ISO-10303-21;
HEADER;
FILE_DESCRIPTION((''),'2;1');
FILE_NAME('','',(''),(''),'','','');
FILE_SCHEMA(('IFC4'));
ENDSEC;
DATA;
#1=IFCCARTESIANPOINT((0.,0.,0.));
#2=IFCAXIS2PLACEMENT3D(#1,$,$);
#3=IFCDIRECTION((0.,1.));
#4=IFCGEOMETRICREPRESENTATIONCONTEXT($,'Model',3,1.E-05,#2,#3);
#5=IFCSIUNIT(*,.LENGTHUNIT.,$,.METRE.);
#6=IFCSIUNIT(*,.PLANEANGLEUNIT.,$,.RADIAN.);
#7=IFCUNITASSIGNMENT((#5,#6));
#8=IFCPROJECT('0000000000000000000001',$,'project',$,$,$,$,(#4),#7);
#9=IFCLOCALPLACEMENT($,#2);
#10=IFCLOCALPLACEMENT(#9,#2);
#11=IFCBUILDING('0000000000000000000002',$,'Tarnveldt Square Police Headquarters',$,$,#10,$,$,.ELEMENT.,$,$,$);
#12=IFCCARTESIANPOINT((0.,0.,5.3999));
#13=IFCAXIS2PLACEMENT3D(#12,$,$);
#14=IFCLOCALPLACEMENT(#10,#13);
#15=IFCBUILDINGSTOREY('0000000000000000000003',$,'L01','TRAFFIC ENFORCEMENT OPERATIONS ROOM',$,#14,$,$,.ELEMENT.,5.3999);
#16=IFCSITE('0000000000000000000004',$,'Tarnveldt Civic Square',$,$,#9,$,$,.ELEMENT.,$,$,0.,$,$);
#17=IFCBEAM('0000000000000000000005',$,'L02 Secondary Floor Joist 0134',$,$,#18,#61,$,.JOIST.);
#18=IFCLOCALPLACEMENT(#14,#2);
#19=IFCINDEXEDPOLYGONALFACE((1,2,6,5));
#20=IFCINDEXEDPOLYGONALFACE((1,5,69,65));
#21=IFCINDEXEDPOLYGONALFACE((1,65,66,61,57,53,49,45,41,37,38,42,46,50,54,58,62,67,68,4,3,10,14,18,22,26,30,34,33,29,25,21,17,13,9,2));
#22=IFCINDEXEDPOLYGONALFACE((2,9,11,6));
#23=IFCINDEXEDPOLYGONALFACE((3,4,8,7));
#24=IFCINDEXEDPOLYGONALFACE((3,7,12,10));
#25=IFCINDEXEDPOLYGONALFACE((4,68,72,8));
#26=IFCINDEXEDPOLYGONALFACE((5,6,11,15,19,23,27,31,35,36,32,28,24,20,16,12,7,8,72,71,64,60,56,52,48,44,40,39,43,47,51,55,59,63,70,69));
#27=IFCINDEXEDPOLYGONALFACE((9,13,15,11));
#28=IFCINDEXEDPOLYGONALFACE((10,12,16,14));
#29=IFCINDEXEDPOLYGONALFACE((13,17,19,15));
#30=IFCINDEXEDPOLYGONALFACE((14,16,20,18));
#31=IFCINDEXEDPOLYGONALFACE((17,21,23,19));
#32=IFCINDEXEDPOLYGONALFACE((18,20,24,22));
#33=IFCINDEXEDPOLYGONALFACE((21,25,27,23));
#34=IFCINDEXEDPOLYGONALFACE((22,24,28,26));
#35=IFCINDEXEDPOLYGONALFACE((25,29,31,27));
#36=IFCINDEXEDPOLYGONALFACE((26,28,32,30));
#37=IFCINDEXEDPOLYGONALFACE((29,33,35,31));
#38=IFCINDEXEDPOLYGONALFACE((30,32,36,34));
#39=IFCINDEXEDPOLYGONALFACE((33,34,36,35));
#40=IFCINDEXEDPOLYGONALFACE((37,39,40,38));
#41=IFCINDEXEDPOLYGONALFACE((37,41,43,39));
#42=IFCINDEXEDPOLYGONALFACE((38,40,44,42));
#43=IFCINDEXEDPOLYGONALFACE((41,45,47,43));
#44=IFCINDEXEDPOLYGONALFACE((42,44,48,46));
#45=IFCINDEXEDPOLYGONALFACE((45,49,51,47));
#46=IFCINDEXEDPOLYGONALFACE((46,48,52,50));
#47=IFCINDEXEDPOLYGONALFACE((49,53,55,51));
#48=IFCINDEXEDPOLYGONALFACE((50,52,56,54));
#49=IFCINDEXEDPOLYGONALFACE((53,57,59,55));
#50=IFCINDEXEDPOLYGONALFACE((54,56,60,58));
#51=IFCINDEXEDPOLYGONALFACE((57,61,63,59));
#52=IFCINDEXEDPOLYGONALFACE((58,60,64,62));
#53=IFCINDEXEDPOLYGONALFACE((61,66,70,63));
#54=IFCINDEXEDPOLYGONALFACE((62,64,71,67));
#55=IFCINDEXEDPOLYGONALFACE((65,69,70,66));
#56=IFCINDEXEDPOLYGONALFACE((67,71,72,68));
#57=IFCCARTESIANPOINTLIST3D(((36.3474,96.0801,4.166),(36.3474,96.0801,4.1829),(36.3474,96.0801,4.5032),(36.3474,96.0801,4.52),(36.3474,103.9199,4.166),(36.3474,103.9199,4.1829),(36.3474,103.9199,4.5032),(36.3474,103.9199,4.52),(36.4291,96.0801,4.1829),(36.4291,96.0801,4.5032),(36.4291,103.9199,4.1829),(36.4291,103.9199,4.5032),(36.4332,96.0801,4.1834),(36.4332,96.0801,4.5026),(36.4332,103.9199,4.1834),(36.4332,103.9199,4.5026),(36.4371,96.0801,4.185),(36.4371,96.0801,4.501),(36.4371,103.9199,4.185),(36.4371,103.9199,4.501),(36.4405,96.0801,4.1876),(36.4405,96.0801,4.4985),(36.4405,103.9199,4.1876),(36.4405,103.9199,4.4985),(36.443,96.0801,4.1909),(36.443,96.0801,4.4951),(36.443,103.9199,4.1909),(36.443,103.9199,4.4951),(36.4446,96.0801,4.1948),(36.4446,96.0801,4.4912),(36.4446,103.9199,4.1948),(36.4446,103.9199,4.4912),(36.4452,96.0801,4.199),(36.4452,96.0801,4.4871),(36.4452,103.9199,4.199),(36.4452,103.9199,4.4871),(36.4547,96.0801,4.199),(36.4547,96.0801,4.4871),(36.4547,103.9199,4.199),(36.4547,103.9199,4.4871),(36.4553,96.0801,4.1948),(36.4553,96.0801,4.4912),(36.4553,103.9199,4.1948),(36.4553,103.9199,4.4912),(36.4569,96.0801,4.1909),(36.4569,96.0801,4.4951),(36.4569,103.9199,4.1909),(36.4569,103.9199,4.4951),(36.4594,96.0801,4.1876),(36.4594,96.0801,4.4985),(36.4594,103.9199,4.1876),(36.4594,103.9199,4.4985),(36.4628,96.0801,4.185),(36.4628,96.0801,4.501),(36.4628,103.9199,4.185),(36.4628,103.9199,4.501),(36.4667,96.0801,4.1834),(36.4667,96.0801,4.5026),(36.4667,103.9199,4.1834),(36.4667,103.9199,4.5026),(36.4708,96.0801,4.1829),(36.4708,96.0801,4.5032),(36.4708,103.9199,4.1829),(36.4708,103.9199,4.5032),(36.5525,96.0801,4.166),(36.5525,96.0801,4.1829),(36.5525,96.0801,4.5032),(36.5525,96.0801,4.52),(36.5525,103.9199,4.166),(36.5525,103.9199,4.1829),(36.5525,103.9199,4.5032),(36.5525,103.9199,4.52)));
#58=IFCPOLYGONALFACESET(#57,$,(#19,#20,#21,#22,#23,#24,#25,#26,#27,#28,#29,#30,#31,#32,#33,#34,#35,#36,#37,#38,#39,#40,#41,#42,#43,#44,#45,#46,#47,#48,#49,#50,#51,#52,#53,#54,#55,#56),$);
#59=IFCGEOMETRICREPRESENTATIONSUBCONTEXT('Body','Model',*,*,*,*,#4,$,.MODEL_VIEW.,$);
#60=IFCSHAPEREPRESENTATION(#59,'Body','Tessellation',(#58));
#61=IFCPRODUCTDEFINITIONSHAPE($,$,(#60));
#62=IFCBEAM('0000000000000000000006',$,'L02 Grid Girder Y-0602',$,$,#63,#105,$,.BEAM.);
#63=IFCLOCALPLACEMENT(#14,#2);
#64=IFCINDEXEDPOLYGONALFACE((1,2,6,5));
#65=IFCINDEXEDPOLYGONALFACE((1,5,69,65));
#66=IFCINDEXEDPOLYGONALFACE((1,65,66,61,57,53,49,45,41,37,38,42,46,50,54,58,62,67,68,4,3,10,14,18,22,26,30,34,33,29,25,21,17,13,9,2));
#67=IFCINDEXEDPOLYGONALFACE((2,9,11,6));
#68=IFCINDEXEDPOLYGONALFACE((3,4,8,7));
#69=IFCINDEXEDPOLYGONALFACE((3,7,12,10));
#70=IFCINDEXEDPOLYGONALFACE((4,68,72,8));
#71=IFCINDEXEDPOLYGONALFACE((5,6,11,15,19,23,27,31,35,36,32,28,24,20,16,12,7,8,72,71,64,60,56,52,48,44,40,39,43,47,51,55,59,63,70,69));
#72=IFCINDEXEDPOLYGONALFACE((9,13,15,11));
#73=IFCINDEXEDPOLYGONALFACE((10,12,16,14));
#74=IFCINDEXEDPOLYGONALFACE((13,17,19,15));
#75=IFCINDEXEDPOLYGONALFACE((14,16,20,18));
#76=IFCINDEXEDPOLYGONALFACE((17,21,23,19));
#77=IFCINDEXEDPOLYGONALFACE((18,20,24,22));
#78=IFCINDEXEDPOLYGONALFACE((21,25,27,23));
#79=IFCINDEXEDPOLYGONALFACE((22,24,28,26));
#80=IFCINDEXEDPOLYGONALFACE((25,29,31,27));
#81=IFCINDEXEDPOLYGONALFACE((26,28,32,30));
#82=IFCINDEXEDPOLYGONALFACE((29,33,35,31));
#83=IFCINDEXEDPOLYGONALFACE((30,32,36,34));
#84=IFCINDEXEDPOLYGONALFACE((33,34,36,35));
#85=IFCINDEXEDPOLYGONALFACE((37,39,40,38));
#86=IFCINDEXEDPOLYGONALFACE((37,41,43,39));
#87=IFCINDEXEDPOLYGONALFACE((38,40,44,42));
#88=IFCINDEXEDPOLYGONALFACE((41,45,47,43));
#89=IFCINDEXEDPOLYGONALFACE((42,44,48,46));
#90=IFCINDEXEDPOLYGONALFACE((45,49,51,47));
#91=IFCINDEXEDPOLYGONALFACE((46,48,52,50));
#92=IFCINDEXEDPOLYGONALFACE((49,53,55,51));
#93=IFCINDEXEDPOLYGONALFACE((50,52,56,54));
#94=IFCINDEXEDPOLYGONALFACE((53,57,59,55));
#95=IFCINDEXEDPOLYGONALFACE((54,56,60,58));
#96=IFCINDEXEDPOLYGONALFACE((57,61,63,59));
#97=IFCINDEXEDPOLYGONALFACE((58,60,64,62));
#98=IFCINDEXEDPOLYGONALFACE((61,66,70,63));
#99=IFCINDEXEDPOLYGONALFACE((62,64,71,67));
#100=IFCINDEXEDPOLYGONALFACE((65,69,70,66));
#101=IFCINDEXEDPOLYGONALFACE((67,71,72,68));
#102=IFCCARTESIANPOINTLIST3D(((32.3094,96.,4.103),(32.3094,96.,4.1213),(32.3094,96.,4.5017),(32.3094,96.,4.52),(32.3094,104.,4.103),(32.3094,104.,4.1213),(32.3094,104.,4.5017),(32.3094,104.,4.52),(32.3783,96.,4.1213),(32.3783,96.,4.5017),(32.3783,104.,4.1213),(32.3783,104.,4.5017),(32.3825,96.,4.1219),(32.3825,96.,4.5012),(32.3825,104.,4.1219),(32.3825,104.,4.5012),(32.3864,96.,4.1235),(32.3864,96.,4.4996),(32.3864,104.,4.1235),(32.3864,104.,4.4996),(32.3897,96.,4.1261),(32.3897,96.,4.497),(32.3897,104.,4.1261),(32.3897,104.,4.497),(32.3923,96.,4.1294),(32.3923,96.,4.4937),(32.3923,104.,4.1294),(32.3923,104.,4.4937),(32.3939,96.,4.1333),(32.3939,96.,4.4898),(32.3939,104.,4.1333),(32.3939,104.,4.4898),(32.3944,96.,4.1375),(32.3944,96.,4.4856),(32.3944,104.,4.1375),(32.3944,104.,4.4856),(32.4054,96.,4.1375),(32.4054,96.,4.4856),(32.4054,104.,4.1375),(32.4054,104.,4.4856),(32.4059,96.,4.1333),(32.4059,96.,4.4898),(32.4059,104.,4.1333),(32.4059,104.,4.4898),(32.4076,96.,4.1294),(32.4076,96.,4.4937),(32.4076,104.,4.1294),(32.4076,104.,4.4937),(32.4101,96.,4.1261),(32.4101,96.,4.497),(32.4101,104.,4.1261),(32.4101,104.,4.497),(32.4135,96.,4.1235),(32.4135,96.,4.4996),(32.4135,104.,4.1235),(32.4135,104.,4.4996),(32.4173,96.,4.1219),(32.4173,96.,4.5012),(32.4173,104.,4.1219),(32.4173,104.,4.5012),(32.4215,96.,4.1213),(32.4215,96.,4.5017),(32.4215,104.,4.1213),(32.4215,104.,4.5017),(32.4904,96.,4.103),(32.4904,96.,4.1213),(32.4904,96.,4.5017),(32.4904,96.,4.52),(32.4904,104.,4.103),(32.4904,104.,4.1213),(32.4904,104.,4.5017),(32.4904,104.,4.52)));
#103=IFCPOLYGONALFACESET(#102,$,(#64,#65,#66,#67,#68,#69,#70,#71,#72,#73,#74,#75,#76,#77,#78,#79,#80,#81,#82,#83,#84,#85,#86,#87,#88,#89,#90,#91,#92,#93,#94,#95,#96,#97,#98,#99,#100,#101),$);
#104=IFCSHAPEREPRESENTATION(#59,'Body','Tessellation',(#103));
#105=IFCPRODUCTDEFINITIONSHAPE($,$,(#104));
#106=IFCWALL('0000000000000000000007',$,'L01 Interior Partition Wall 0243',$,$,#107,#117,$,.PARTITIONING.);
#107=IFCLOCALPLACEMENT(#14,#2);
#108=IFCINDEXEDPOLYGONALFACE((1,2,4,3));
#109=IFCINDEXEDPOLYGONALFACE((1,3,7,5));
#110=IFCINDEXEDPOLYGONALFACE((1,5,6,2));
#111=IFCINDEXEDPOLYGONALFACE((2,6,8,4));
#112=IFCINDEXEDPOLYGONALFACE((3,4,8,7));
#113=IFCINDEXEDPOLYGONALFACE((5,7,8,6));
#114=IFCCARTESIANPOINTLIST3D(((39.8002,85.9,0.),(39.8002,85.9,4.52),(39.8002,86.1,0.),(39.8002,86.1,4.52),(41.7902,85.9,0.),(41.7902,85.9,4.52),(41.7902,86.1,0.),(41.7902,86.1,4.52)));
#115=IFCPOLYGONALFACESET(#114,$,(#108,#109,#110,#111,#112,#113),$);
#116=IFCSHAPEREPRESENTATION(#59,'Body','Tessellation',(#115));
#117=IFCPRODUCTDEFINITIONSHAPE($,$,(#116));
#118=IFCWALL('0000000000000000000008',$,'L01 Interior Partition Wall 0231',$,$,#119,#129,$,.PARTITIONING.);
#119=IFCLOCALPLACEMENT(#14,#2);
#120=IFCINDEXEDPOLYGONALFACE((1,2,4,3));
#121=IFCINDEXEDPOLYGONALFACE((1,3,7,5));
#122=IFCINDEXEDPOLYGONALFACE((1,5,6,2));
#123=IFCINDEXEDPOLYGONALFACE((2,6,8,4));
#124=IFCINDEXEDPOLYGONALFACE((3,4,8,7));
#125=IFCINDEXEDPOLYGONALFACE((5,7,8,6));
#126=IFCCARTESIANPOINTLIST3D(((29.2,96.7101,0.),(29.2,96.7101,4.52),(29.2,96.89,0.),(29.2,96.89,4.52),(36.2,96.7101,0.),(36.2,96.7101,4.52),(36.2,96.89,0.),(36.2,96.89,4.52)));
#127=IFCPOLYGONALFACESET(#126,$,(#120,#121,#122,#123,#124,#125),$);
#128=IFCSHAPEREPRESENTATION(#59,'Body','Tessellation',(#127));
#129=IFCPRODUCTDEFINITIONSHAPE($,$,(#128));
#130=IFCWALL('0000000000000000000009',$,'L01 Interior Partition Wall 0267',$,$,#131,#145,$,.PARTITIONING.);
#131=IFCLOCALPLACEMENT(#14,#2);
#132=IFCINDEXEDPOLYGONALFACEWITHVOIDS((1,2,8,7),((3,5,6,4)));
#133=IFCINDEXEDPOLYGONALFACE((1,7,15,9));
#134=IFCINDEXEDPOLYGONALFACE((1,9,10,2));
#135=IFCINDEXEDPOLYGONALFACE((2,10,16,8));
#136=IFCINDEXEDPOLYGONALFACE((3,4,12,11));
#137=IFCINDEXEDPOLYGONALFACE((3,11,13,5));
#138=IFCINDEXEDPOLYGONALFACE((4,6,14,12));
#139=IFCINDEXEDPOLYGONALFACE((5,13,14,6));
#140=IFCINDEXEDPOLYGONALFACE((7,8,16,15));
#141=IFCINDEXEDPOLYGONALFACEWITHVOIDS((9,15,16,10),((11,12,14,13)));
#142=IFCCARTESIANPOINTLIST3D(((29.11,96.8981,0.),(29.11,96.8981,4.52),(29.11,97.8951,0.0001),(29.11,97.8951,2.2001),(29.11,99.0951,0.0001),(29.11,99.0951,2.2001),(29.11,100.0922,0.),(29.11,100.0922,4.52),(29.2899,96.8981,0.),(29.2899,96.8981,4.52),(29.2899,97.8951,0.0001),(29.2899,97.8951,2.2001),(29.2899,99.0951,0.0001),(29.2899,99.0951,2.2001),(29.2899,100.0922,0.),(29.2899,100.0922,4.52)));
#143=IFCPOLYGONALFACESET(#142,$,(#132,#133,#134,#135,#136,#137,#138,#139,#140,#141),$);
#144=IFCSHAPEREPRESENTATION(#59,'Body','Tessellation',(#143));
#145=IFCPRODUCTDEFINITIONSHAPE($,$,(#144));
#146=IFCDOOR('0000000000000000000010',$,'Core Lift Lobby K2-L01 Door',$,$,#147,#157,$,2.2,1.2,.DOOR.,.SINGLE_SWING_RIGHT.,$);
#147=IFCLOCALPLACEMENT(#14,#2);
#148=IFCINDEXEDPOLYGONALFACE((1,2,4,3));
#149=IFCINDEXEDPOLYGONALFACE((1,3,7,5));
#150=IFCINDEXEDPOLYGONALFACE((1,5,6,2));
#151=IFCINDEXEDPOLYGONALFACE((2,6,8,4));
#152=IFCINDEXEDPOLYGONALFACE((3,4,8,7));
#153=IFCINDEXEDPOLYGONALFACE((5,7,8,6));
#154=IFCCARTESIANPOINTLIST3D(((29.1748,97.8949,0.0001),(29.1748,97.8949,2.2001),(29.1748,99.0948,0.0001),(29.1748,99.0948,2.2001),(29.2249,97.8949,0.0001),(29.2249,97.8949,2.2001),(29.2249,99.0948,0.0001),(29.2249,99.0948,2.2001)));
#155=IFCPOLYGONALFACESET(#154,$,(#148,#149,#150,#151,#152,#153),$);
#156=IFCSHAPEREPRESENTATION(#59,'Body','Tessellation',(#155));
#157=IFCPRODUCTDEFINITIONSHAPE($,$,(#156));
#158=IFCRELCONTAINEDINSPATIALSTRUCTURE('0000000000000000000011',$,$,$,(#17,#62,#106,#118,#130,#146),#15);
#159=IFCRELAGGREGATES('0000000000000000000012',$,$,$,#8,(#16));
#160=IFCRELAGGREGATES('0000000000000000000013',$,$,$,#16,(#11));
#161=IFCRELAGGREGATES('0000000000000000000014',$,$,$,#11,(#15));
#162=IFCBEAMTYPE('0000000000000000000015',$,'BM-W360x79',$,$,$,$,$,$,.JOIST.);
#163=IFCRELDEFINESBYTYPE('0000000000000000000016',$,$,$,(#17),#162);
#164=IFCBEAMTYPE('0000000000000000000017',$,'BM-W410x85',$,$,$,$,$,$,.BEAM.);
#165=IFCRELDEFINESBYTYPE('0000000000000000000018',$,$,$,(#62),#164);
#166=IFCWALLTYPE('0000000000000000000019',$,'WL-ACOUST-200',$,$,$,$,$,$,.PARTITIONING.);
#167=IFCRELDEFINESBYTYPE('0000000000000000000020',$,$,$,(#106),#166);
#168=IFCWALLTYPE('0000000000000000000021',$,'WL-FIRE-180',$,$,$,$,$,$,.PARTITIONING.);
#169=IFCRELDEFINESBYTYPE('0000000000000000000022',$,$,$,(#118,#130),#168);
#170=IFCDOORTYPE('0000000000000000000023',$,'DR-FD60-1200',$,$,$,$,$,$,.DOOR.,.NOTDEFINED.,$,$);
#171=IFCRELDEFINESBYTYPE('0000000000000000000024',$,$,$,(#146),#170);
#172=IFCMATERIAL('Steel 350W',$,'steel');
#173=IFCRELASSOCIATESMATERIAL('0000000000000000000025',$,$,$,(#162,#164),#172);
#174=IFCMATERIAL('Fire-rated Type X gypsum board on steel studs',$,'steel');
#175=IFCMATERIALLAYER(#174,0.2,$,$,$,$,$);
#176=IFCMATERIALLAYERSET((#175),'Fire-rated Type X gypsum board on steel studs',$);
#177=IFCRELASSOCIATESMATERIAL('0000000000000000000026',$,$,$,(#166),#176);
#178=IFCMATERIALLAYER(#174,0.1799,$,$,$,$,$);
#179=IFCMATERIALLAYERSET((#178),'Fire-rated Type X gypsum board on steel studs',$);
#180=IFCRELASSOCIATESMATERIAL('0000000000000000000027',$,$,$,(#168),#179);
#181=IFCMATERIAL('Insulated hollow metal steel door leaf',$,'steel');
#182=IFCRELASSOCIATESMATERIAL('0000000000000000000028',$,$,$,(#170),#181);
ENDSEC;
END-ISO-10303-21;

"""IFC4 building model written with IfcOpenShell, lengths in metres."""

from ifc_helpers import new_model, si_unit, direction, frame, frame_2d, origin, origin_2d, place, context, subcontext, project, spatial, rectangle, i_section, extrude, material, layer, layer_set, material_profile, profile_set, type_object, element, fill, save


model = new_model("IFC4")

# Units and contexts
model_context = context("Model", 3, precision=1e-05, world=origin(), true_north=direction((0.0, 1.0)))
body_context = subcontext(model_context, "Body", "Model", "MODEL_VIEW")
ifc_project = project(units=[si_unit("LENGTHUNIT", "METRE"), si_unit("PLANEANGLEUNIT", "RADIAN")], contexts=[model_context])

# Site, building, storey
site_placement = place(None, origin())
site = spatial("IfcSite", under=ifc_project, at=site_placement, Name="Tarnveldt Civic Square", CompositionType="ELEMENT", RefElevation=0.0)
building_placement = place(site_placement, origin())
building = spatial("IfcBuilding", under=site, at=building_placement, Name="Tarnveldt Square Police Headquarters", CompositionType="ELEMENT")
storey_placement = place(building_placement, frame((0.0, 0.0, 5.3999)))
storey = spatial("IfcBuildingStorey", under=building, at=storey_placement, Name="L01", Description="TRAFFIC ENFORCEMENT OPERATIONS ROOM", CompositionType="ELEMENT", Elevation=5.3999)

# Beams
ifc_material_1 = material(Name="Steel 350W", Category="steel")
ifc_material_profile_1 = material_profile(ifc_material_1, i_section(OverallWidth=0.2051, OverallDepth=0.354, WebThickness=0.0095, FlangeThickness=0.0168, FilletRadius=0.0161, at=origin_2d()), Name="W360x79")
ifc_profile_set_1 = profile_set([ifc_material_profile_1], Name="Steel 350W")
beam_type_1 = type_object("IfcBeamType", Name="BM-W360x79", PredefinedType="JOIST", material=ifc_profile_set_1)
for number, where, z_axis, x_axis, name in (
    (1, (36.45, 96.0801, 4.343), (0.0, 1.0, 0.0), (-1.0, 0.0, 0.0), "L02 Secondary Floor Joist 0134"),
):
    element("IfcBeam", number, at=place(storey_placement, frame(where, z_axis=z_axis, x_axis=x_axis)), inside=storey, type_object=beam_type_1, Name=name, PredefinedType="JOIST", context=body_context, shape_type="SweptSolid", body=[
        extrude(i_section(OverallWidth=0.2051, OverallDepth=0.354, WebThickness=0.0095, FlangeThickness=0.0168, FilletRadius=0.0161, at=origin_2d()), origin(), (0.0, 0.0, 1.0), 7.8398),
    ])
ifc_material_profile_2 = material_profile(ifc_material_1, i_section(OverallWidth=0.1809, OverallDepth=0.417, WebThickness=0.011, FlangeThickness=0.0183, FilletRadius=0.0161, at=origin_2d()), Name="W410x85")
ifc_profile_set_2 = profile_set([ifc_material_profile_2], Name="Steel 350W")
beam_type_2 = type_object("IfcBeamType", Name="BM-W410x85", PredefinedType="BEAM", material=ifc_profile_set_2)
beam_1_placement = place(storey_placement, frame((32.3999, 96.0, 4.3115), z_axis=(0.0, 1.0, 0.0), x_axis=(-1.0, 0.0, 0.0)))
element("IfcBeam", 2, at=beam_1_placement, inside=storey, type_object=beam_type_2, Name="L02 Grid Girder Y-0602", PredefinedType="BEAM", context=body_context, shape_type="SweptSolid", body=[
    extrude(i_section(OverallWidth=0.1809, OverallDepth=0.417, WebThickness=0.011, FlangeThickness=0.0183, FilletRadius=0.0161, at=origin_2d()), origin(), (0.0, 0.0, 1.0), 8.0),
])

# Walls
ifc_material_2 = material(Name="Fire-rated Type X gypsum board on steel studs", Category="steel")
ifc_layer_1 = layer(ifc_material_2, 0.2)
ifc_layer_set_1 = layer_set([ifc_layer_1], Name="Fire-rated Type X gypsum board on steel studs")
wall_type_1 = type_object("IfcWallType", Name="WL-ACOUST-200", PredefinedType="PARTITIONING", material=ifc_layer_set_1)
wall_1_placement = place(storey_placement, frame((39.8, 86.0, 0.0), z_axis=(0.0, 0.0, 1.0), x_axis=(1.0, 0.0, 0.0)))
element("IfcWall", 3, at=wall_1_placement, inside=storey, type_object=wall_type_1, Name="L01 Interior Partition Wall 0243", PredefinedType="PARTITIONING", context=body_context, shape_type="SweptSolid", body=[
    extrude(rectangle(XDim=1.99, YDim=0.2, at=frame_2d((0.9951, 0.0))), origin(), (0.0, 0.0, 1.0), 4.52),
])
ifc_layer_2 = layer(ifc_material_2, 0.1799)
ifc_layer_set_2 = layer_set([ifc_layer_2], Name="Fire-rated Type X gypsum board on steel studs")
wall_type_2 = type_object("IfcWallType", Name="WL-FIRE-180", PredefinedType="PARTITIONING", material=ifc_layer_set_2)
wall_2_placement = place(storey_placement, frame((29.2, 96.8, 0.0), z_axis=(0.0, 0.0, 1.0), x_axis=(1.0, 0.0, 0.0)))
element("IfcWall", 4, at=wall_2_placement, inside=storey, type_object=wall_type_2, Name="L01 Interior Partition Wall 0231", PredefinedType="PARTITIONING", context=body_context, shape_type="SweptSolid", body=[
    extrude(rectangle(XDim=7.0, YDim=0.1799, at=frame_2d((3.5, 0.0))), origin(), (0.0, 0.0, 1.0), 4.52),
])

# Wall, opening, door
wall_3_placement = place(storey_placement, frame((29.2, 96.8979, 0.0), z_axis=(0.0, 0.0, 1.0), x_axis=(0.0, 1.0, 0.0)))
wall_3 = element("IfcWall", 5, at=wall_3_placement, inside=storey, type_object=wall_type_2, Name="L01 Interior Partition Wall 0267", PredefinedType="PARTITIONING", context=body_context, shape_type="SweptSolid", body=[
    extrude(rectangle(XDim=3.1941, YDim=0.1799, at=frame_2d((1.5972, 0.0))), origin(), (0.0, 0.0, 1.0), 4.52),
])
opening_1_placement = place(wall_3_placement, frame((0.9971, 0.0, 0.0)))
opening_1 = element("IfcOpeningElement", 6, at=opening_1_placement, cuts=wall_3, PredefinedType="OPENING", context=body_context, shape_type="SweptSolid", body=[
    extrude(rectangle(XDim=1.2, YDim=2.2, at=frame_2d((0.6001, 1.1001))), frame((0.0, 0.0999, 0.0), z_axis=(0.0, -1.0, 0.0), x_axis=(1.0, 0.0, 0.0)), (0.0, 0.0, 1.0), 0.2),
])
ifc_material_3 = material(Name="Insulated hollow metal steel door leaf", Category="steel")
door_type_1 = type_object("IfcDoorType", Name="DR-FD60-1200", OperationType="NOTDEFINED", PredefinedType="DOOR", material=ifc_material_3)
door_1_placement = place(opening_1_placement, frame((1.2, 0.0, 0.0), z_axis=(0.0, 0.0, 1.0), x_axis=(-1.0, 0.0, 0.0)))
door_1 = element("IfcDoor", 7, at=door_1_placement, inside=storey, type_object=door_type_1, Name="Core Lift Lobby K2-L01 Door", OperationType="SINGLE_SWING_RIGHT", OverallHeight=2.2, OverallWidth=1.2, PredefinedType="DOOR", context=body_context, shape_type="SweptSolid", body=[
    extrude(rectangle(XDim=1.2, YDim=2.2, at=frame_2d((0.6001, 1.1001))), frame((0.0, 0.0249, 0.0), z_axis=(0.0, -1.0, 0.0), x_axis=(1.0, 0.0, 0.0)), (0.0, 0.0, 1.0), 0.05),
])
fill(opening_1, door_1)

save(model, "model.ifc")
